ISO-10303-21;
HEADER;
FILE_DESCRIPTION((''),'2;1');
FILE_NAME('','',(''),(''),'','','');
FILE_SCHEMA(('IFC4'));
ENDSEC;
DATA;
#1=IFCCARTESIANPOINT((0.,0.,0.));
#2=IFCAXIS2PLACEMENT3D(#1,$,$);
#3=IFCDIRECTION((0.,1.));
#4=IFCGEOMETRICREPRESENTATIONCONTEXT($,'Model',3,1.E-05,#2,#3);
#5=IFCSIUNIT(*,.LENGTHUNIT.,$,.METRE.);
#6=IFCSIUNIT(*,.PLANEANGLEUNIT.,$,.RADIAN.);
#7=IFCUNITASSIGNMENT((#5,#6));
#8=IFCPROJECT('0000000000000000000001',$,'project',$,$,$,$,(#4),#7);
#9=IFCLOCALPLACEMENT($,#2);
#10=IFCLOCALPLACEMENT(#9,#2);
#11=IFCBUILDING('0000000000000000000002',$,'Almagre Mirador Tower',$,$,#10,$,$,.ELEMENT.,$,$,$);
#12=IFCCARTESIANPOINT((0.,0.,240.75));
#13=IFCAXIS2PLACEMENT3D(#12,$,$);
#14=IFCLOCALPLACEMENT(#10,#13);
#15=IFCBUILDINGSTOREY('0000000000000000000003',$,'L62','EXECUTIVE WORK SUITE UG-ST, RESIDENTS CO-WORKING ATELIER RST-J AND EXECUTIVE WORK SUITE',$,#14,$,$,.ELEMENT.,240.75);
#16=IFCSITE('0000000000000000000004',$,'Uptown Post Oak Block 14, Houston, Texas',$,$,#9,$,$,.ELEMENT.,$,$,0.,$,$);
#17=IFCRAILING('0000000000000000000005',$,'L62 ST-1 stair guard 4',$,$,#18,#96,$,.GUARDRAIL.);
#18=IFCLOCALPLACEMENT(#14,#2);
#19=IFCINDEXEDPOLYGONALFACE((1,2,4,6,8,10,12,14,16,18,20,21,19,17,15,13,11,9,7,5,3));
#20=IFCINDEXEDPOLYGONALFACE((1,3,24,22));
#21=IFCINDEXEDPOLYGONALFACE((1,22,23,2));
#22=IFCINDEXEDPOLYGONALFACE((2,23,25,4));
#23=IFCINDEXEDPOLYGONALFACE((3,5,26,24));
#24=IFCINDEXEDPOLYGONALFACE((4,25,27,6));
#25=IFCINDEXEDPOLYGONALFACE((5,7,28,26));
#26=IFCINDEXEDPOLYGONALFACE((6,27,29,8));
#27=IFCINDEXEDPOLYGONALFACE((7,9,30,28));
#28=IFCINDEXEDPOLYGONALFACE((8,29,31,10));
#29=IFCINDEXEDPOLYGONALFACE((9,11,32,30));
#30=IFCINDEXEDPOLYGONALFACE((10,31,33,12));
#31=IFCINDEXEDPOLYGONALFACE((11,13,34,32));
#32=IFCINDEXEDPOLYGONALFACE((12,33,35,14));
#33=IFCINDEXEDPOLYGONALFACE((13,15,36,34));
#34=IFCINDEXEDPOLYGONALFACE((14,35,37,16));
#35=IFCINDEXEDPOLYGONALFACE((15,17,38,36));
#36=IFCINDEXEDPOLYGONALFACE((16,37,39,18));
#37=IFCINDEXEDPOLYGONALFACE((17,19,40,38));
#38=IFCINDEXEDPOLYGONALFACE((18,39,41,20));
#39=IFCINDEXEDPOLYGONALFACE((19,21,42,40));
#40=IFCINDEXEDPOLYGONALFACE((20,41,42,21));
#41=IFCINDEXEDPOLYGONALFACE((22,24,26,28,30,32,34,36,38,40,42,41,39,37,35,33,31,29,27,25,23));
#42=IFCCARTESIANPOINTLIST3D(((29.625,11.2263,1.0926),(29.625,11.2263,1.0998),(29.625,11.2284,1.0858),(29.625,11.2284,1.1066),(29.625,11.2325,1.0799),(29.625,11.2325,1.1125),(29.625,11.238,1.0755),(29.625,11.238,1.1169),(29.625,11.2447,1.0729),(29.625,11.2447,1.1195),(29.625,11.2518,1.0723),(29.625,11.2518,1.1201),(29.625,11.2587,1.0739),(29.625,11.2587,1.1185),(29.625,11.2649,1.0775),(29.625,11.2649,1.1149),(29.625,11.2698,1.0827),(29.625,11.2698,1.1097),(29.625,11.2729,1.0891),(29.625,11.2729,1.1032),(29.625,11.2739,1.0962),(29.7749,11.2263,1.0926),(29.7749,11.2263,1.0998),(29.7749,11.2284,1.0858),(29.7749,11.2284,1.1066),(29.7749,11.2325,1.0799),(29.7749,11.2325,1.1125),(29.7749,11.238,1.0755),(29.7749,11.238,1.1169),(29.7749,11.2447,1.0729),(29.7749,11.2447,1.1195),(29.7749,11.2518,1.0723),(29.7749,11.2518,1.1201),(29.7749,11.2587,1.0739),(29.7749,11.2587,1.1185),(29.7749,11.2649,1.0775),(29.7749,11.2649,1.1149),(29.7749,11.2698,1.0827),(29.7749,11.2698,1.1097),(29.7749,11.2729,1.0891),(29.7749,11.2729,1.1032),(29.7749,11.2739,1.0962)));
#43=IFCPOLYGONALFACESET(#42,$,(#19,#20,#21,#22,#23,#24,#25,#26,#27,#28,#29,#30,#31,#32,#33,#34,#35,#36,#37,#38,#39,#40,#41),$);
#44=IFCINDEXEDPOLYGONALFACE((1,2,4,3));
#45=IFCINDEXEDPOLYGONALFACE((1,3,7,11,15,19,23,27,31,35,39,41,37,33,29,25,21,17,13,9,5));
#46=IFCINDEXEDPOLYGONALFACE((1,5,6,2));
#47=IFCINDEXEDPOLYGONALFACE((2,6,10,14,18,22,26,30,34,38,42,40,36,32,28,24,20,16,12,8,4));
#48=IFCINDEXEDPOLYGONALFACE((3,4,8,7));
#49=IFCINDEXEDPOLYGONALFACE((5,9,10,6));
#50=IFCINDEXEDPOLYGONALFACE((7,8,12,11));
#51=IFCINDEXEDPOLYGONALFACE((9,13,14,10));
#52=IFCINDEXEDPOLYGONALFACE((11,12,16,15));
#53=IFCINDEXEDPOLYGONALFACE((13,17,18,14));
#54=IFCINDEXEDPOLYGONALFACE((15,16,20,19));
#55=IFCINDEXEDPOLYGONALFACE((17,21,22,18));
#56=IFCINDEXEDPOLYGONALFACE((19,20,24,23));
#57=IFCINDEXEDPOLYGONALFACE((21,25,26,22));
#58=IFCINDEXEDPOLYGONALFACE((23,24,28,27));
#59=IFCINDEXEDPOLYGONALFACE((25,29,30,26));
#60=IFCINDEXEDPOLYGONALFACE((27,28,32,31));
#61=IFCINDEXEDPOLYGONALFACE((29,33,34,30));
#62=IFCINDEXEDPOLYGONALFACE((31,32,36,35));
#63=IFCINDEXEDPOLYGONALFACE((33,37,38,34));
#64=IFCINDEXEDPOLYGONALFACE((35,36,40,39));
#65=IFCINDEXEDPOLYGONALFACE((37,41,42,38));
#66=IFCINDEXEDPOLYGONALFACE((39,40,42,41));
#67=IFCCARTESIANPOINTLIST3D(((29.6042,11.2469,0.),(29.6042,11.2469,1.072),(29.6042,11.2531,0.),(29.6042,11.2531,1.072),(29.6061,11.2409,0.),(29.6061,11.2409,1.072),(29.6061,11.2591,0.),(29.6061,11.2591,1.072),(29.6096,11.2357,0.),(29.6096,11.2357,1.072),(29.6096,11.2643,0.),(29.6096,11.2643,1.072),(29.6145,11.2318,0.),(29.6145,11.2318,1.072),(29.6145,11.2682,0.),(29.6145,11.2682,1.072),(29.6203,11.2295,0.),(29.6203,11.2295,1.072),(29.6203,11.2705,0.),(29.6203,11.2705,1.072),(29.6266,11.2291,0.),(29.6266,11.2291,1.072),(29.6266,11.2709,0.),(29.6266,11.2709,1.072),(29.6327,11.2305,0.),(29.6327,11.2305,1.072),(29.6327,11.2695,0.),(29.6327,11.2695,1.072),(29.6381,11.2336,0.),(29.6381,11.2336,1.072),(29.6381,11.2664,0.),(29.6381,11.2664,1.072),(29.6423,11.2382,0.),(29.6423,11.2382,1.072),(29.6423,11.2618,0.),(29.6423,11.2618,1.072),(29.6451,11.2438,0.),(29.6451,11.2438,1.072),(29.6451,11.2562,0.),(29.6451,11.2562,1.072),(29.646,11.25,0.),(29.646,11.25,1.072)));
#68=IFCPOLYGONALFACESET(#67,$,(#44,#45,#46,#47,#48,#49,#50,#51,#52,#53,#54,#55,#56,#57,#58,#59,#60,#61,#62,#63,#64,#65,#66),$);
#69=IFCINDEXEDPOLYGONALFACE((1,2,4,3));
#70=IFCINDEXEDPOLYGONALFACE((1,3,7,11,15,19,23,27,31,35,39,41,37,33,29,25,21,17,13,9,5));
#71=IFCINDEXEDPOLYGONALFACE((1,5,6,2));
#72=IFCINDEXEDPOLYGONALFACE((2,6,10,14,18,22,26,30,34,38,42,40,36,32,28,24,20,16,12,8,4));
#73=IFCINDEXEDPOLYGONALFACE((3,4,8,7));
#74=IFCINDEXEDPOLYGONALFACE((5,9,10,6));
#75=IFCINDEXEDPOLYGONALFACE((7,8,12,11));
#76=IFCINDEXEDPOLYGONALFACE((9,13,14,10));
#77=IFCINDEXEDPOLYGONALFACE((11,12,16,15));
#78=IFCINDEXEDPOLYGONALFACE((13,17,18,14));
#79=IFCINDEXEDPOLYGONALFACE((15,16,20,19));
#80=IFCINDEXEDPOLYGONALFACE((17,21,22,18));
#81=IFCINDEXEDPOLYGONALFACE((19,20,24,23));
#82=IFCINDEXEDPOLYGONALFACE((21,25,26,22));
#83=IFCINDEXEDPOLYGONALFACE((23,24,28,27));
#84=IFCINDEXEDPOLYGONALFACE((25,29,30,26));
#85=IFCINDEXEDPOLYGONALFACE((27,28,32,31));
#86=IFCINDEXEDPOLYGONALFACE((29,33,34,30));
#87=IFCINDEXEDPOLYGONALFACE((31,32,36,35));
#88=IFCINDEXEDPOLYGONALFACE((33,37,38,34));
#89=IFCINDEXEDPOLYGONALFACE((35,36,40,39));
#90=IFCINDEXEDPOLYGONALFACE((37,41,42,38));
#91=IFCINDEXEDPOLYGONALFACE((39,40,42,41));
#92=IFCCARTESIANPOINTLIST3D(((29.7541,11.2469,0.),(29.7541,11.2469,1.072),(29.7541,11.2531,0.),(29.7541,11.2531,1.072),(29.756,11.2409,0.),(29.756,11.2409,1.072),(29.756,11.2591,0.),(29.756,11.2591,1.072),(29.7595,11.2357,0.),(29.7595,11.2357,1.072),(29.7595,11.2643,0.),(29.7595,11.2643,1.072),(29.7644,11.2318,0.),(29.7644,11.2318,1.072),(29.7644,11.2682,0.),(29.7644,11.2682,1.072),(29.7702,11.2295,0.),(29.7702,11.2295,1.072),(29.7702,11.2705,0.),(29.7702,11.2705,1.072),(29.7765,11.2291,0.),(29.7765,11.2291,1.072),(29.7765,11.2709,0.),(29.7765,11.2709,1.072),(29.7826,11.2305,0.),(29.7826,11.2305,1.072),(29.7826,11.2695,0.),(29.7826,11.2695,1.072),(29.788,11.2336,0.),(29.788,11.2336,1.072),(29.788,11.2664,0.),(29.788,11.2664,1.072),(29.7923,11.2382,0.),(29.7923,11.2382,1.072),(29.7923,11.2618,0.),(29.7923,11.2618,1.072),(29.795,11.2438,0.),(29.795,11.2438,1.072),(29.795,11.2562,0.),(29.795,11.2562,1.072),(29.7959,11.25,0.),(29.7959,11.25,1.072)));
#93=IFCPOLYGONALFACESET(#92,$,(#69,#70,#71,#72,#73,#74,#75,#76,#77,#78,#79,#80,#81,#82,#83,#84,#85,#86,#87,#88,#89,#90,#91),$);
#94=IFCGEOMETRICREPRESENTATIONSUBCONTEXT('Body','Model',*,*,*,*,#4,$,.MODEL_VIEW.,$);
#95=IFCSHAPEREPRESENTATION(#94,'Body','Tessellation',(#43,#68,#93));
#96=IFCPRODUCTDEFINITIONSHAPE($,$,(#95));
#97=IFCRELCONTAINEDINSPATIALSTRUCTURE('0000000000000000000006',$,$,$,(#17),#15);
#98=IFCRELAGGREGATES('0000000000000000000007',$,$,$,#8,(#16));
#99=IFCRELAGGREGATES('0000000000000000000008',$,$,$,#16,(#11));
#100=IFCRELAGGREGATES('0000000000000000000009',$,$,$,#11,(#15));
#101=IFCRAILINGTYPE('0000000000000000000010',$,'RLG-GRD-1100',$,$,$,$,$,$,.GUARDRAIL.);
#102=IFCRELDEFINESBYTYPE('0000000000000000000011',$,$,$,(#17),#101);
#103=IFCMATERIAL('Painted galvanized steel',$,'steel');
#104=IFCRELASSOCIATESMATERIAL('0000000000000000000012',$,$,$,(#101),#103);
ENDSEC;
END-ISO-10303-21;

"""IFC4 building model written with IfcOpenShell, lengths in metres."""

from ifc_helpers import new_model, si_unit, direction, frame, origin, origin_2d, place, context, subcontext, project, spatial, circle, extrude, material, type_object, element, save


model = new_model("IFC4")

# Units and contexts
model_context = context("Model", 3, precision=1e-05, world=origin(), true_north=direction((0.0, 1.0)))
body_context = subcontext(model_context, "Body", "Model", "MODEL_VIEW")
ifc_project = project(units=[si_unit("LENGTHUNIT", "METRE"), si_unit("PLANEANGLEUNIT", "RADIAN")], contexts=[model_context])

# Site, building, storey
site_placement = place(None, origin())
site = spatial("IfcSite", under=ifc_project, at=site_placement, Name="Uptown Post Oak Block 14, Houston, Texas", CompositionType="ELEMENT", RefElevation=0.0)
building_placement = place(site_placement, origin())
building = spatial("IfcBuilding", under=site, at=building_placement, Name="Almagre Mirador Tower", CompositionType="ELEMENT")
storey_placement = place(building_placement, frame((0.0, 0.0, 240.75)))
storey = spatial("IfcBuildingStorey", under=building, at=storey_placement, Name="L62", Description="EXECUTIVE WORK SUITE UG-ST, RESIDENTS CO-WORKING ATELIER RST-J AND EXECUTIVE WORK SUITE", CompositionType="ELEMENT", Elevation=240.75)

# Railing
ifc_material_1 = material(Name="Painted galvanized steel", Category="steel")
railing_type_1 = type_object("IfcRailingType", Name="RLG-GRD-1100", PredefinedType="GUARDRAIL", material=ifc_material_1)
railing_1_placement = place(storey_placement, frame((29.625, 11.25, 0.0)))
element("IfcRailing", 1, at=railing_1_placement, inside=storey, type_object=railing_type_1, Name="L62 ST-1 stair guard 4", PredefinedType="GUARDRAIL", context=body_context, shape_type="SweptSolid", body=[
    extrude(circle(Radius=0.0239, at=origin_2d()), frame((0.0, 0.0, 1.0962), z_axis=(1.0, 0.0, 0.0), x_axis=(0.0, 1.0, 0.0)), (0.0, 0.0, 1.0), 0.1499),
    extrude(circle(Radius=0.021, at=origin_2d()), origin(), (0.0, 0.0, 1.0), 1.072),
    extrude(circle(Radius=0.021, at=origin_2d()), frame((0.1499, 0.0, 0.0)), (0.0, 0.0, 1.0), 1.072),
])

save(model, "model.ifc")
